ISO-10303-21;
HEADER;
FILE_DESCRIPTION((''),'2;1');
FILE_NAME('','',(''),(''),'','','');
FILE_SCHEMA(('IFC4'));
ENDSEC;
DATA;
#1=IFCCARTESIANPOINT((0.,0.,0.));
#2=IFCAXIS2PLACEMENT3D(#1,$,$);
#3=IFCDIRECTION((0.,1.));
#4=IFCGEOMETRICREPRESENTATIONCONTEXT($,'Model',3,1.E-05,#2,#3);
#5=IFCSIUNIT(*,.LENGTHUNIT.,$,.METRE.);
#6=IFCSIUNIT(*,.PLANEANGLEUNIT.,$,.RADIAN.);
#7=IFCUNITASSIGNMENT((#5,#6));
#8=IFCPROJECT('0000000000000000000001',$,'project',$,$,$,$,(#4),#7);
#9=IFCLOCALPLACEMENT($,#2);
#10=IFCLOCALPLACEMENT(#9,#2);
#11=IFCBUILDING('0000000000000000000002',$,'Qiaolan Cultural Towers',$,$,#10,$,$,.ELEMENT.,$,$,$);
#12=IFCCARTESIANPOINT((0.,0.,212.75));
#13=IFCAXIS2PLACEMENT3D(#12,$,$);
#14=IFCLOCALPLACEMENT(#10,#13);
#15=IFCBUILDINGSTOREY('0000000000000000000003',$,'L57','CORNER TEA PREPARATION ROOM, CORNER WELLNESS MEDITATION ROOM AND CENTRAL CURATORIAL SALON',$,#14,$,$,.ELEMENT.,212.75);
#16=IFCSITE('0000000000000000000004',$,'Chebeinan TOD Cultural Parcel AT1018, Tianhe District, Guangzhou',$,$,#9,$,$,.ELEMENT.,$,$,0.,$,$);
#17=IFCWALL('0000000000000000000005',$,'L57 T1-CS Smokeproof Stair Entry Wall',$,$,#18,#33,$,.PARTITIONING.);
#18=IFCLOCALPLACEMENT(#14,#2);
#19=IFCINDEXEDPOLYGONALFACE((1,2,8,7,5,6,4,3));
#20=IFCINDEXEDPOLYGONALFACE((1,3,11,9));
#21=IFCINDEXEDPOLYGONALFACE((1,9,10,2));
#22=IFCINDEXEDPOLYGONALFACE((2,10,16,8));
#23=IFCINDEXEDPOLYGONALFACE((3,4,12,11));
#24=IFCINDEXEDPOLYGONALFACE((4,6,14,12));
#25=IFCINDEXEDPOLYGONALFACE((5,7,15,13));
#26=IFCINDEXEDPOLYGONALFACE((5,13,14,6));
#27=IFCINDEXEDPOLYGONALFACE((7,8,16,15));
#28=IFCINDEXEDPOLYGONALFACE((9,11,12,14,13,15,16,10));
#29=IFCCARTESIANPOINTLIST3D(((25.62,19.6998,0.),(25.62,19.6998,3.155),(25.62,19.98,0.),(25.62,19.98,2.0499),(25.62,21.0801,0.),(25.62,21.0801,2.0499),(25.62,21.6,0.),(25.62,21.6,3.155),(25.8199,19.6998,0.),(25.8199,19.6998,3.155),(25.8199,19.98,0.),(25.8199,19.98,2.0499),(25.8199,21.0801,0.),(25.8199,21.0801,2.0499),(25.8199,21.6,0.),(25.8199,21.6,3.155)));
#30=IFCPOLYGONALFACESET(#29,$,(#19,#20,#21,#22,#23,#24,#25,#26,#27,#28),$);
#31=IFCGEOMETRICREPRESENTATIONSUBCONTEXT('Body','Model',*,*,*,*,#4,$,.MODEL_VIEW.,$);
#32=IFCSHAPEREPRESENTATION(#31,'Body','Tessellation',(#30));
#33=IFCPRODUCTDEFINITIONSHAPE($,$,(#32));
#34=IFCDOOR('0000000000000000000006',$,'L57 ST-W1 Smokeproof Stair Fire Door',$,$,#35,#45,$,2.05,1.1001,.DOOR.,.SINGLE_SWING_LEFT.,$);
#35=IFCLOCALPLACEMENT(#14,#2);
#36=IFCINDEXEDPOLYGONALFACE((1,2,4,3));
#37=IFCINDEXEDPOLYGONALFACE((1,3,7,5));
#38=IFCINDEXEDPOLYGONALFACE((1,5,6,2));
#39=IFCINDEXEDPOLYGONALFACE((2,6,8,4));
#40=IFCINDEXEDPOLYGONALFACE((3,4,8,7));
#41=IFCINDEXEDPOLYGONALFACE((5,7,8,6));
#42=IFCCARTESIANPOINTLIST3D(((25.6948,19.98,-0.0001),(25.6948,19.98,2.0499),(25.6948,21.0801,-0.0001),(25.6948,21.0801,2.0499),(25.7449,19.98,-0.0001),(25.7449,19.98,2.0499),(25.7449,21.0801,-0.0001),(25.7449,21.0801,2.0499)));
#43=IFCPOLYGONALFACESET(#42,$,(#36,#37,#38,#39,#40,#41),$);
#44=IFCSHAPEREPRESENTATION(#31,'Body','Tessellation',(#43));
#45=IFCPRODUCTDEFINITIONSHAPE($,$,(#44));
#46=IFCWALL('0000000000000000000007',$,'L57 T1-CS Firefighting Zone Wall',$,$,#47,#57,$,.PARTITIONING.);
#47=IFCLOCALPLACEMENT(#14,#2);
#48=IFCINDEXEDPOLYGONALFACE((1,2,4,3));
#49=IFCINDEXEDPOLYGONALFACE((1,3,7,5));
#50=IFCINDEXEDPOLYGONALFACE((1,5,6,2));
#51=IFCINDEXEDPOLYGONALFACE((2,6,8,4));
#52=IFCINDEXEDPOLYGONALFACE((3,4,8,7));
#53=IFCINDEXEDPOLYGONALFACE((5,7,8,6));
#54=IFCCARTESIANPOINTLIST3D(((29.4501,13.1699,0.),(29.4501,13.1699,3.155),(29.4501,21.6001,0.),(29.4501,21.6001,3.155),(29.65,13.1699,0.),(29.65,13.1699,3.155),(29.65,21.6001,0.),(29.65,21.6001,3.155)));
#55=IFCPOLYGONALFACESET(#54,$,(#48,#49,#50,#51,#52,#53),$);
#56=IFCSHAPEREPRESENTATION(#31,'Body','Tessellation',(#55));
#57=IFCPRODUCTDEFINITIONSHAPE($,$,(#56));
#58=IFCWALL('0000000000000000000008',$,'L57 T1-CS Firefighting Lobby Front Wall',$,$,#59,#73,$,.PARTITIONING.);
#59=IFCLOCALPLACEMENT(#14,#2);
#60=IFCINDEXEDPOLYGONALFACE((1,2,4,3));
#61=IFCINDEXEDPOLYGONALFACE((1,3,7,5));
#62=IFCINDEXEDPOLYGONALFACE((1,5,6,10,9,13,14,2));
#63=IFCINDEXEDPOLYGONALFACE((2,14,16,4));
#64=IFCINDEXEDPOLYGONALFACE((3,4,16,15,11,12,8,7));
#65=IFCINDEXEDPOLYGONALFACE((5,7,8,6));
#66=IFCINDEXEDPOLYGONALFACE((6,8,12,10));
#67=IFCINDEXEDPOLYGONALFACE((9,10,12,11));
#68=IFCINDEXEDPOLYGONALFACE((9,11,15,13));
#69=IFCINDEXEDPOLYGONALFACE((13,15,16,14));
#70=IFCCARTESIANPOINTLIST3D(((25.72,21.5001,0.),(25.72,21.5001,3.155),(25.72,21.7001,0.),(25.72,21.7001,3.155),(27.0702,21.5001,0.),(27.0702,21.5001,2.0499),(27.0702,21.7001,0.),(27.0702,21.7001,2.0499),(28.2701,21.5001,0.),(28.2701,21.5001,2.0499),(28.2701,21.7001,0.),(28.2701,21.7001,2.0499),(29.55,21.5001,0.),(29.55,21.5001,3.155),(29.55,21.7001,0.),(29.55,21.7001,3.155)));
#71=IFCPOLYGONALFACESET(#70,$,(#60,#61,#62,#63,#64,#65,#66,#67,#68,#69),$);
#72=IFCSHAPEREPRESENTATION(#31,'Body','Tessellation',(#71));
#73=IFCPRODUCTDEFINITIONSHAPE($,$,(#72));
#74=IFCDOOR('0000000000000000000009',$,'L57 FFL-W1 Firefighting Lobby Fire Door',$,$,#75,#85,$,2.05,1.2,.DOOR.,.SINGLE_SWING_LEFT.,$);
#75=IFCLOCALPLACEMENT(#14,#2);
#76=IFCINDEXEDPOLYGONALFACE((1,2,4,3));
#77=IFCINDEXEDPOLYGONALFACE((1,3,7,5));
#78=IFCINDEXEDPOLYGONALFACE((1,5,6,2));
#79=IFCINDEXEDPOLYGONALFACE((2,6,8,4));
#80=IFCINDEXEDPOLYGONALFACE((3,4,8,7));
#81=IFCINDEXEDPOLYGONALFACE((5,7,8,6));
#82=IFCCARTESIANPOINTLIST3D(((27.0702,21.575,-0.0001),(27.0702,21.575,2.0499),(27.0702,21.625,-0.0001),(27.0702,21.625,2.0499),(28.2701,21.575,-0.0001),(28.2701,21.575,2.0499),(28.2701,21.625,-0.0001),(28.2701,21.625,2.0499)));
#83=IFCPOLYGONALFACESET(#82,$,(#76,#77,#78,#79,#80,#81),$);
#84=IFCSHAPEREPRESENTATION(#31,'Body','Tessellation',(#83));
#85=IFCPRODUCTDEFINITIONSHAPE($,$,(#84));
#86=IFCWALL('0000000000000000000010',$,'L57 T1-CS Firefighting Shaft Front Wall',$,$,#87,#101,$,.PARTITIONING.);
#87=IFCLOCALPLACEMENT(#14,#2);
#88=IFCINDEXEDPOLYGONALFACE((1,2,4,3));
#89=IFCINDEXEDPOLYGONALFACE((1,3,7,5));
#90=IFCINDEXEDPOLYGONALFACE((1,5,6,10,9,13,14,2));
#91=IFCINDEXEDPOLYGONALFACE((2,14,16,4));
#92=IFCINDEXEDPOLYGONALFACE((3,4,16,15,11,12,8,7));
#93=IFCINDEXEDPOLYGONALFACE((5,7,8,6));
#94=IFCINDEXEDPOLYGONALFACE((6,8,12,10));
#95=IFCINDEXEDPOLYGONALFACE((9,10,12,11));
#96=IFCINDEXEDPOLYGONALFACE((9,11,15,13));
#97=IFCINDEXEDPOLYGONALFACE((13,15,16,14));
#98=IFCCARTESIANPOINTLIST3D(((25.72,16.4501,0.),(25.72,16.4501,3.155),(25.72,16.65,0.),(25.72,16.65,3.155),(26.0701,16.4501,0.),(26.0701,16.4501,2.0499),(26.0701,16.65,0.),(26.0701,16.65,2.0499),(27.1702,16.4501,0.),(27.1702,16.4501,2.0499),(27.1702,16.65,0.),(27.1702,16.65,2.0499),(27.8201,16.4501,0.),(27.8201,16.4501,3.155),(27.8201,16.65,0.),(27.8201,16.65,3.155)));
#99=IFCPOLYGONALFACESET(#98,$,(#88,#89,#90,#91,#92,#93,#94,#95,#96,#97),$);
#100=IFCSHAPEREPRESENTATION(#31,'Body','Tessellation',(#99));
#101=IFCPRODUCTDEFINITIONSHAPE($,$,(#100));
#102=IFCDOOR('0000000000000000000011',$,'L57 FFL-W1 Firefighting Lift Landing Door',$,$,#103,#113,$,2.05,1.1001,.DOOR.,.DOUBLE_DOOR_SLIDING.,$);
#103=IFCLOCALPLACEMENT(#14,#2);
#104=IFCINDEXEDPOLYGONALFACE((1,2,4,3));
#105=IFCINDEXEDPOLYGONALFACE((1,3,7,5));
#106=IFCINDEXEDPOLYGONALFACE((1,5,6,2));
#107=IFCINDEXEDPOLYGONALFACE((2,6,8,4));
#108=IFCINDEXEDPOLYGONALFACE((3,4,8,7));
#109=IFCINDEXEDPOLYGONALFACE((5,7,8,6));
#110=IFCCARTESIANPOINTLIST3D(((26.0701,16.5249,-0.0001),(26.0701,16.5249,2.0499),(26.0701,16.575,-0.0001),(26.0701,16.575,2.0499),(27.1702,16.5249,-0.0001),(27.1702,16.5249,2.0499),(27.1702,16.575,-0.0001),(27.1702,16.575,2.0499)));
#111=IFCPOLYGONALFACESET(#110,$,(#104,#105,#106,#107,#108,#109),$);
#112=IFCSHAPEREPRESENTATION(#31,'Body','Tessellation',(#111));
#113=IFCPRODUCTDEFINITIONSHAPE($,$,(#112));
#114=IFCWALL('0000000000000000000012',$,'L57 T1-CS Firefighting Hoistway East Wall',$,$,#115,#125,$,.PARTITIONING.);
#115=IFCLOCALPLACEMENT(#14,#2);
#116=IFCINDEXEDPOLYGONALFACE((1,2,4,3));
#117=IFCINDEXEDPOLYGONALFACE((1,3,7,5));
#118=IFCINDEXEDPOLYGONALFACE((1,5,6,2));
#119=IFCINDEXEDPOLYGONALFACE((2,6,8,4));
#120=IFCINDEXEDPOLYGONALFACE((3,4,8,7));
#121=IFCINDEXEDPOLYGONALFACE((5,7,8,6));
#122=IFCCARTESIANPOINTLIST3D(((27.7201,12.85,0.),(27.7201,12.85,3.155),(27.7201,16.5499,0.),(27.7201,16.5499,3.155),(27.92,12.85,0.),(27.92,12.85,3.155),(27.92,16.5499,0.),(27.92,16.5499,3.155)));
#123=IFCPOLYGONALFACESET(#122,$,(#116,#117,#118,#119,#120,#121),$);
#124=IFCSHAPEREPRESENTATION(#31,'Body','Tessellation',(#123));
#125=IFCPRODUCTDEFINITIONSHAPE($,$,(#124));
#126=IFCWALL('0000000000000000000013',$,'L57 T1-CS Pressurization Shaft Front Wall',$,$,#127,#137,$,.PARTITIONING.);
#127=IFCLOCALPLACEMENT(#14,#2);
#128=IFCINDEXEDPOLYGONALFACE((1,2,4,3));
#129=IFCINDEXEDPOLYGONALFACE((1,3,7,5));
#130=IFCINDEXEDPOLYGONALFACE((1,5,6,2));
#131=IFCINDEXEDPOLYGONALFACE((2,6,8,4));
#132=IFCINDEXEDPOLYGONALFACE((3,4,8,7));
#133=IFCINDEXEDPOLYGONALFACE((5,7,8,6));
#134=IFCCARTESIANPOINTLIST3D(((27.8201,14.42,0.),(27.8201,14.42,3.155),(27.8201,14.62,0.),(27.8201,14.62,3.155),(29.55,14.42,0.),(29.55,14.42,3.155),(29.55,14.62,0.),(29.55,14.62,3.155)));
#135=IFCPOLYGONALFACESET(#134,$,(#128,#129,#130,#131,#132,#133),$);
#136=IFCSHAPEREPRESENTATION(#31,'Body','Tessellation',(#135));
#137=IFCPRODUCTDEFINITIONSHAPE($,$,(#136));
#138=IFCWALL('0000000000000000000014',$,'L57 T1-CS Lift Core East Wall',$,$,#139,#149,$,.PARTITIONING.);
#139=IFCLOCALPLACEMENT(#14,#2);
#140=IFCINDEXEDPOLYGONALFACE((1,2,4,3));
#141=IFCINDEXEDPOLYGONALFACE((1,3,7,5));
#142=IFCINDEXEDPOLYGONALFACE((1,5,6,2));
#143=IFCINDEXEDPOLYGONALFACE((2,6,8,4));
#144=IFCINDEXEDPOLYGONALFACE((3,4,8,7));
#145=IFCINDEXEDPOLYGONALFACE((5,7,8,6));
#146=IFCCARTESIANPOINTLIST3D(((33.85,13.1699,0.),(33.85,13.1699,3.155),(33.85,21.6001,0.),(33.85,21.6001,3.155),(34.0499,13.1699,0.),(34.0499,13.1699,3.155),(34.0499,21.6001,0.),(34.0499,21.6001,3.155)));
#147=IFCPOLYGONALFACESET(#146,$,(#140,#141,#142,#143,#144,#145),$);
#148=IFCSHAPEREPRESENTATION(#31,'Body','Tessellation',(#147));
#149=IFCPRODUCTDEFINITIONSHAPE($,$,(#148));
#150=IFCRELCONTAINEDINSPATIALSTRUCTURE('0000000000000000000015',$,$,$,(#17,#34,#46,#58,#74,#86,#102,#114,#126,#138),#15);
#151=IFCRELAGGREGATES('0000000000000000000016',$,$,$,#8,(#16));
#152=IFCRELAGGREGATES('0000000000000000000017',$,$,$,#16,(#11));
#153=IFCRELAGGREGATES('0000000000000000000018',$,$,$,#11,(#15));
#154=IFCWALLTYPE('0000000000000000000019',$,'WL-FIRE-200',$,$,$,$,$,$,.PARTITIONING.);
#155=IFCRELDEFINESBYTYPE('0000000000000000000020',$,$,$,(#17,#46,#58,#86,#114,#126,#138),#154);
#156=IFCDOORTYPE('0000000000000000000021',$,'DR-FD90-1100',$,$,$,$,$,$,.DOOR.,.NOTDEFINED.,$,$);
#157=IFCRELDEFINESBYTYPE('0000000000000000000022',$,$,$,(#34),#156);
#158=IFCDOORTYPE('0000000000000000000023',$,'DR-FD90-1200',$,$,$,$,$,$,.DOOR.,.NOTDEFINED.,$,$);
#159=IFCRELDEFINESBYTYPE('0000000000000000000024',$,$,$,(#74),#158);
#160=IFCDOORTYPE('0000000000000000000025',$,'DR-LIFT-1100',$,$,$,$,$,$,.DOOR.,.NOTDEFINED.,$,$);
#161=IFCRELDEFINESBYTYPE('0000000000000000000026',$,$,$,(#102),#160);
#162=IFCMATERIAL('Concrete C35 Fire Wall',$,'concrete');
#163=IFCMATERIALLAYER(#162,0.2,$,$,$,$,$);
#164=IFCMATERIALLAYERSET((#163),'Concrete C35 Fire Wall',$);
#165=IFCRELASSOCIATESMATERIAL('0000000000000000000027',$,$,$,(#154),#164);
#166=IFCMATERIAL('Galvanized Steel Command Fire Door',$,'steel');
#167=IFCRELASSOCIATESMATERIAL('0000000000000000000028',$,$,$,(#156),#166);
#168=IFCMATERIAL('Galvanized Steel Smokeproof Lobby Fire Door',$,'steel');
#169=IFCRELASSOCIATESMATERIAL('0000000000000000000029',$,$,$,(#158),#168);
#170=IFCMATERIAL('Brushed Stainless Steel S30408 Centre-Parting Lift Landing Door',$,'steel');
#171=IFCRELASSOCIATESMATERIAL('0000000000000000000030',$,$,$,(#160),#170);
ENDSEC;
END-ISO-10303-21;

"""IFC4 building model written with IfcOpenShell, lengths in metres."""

from ifc_helpers import new_model, si_unit, direction, frame, frame_2d, origin, place, context, subcontext, project, spatial, rectangle, extrude, material, layer, layer_set, type_object, element, fill, save


model = new_model("IFC4")

# Units and contexts
model_context = context("Model", 3, precision=1e-05, world=origin(), true_north=direction((0.0, 1.0)))
body_context = subcontext(model_context, "Body", "Model", "MODEL_VIEW")
ifc_project = project(units=[si_unit("LENGTHUNIT", "METRE"), si_unit("PLANEANGLEUNIT", "RADIAN")], contexts=[model_context])

# Site, building, storey
site_placement = place(None, origin())
site = spatial("IfcSite", under=ifc_project, at=site_placement, Name="Chebeinan TOD Cultural Parcel AT1018, Tianhe District, Guangzhou", CompositionType="ELEMENT", RefElevation=0.0)
building_placement = place(site_placement, origin())
building = spatial("IfcBuilding", under=site, at=building_placement, Name="Qiaolan Cultural Towers", CompositionType="ELEMENT")
storey_placement = place(building_placement, frame((0.0, 0.0, 212.75)))
storey = spatial("IfcBuildingStorey", under=building, at=storey_placement, Name="L57", Description="CORNER TEA PREPARATION ROOM, CORNER WELLNESS MEDITATION ROOM AND CENTRAL CURATORIAL SALON", CompositionType="ELEMENT", Elevation=212.75)

# Wall, opening, door
ifc_material_1 = material(Name="Concrete C35 Fire Wall", Category="concrete")
ifc_layer_1 = layer(ifc_material_1, 0.2)
ifc_layer_set_1 = layer_set([ifc_layer_1], Name="Concrete C35 Fire Wall")
wall_type_1 = type_object("IfcWallType", Name="WL-FIRE-200", PredefinedType="PARTITIONING", material=ifc_layer_set_1)
wall_1_placement = place(storey_placement, frame((25.72, 21.6001, 0.0), z_axis=(0.0, 0.0, 1.0), x_axis=(0.0, -1.0, 0.0)))
wall_1 = element("IfcWall", 1, at=wall_1_placement, inside=storey, type_object=wall_type_1, Name="L57 T1-CS Smokeproof Stair Entry Wall", PredefinedType="PARTITIONING", context=body_context, shape_type="SweptSolid", body=[
    extrude(rectangle(XDim=1.9001, YDim=0.2, at=frame_2d((0.9502, 0.0))), origin(), (0.0, 0.0, 1.0), 3.155),
])
opening_1_placement = place(wall_1_placement, frame((0.52, 0.0, 0.0)))
opening_1 = element("IfcOpeningElement", 2, at=opening_1_placement, cuts=wall_1, PredefinedType="OPENING", context=body_context, shape_type="SweptSolid", body=[
    extrude(rectangle(XDim=1.1001, YDim=2.05, at=frame_2d((0.55, 1.0249))), frame((0.0, 0.1099, 0.0), z_axis=(0.0, -1.0, 0.0), x_axis=(1.0, 0.0, 0.0)), (0.0, 0.0, 1.0), 0.22),
])
ifc_material_2 = material(Name="Galvanized Steel Command Fire Door", Category="steel")
door_type_1 = type_object("IfcDoorType", Name="DR-FD90-1100", OperationType="NOTDEFINED", PredefinedType="DOOR", material=ifc_material_2)
door_1_placement = place(opening_1_placement, origin())
door_1 = element("IfcDoor", 3, at=door_1_placement, inside=storey, type_object=door_type_1, Name="L57 ST-W1 Smokeproof Stair Fire Door", OperationType="SINGLE_SWING_LEFT", OverallHeight=2.05, OverallWidth=1.1001, PredefinedType="DOOR", context=body_context, shape_type="SweptSolid", body=[
    extrude(rectangle(XDim=1.1001, YDim=2.05, at=frame_2d((0.55, 1.0249))), frame((0.0, 0.0249, 0.0), z_axis=(0.0, -1.0, 0.0), x_axis=(1.0, 0.0, 0.0)), (0.0, 0.0, 1.0), 0.05),
])
fill(opening_1, door_1)

# Wall
wall_2_placement = place(storey_placement, frame((29.55, 21.6001, 0.0), z_axis=(0.0, 0.0, 1.0), x_axis=(0.0, -1.0, 0.0)))
element("IfcWall", 4, at=wall_2_placement, inside=storey, type_object=wall_type_1, Name="L57 T1-CS Firefighting Zone Wall", PredefinedType="PARTITIONING", context=body_context, shape_type="SweptSolid", body=[
    extrude(rectangle(XDim=8.4302, YDim=0.2, at=frame_2d((4.2151, 0.0))), origin(), (0.0, 0.0, 1.0), 3.155),
])

# Walls, openings, doors
wall_3_placement = place(storey_placement, frame((25.72, 21.6001, 0.0), z_axis=(0.0, 0.0, 1.0), x_axis=(1.0, 0.0, 0.0)))
wall_3 = element("IfcWall", 5, at=wall_3_placement, inside=storey, type_object=wall_type_1, Name="L57 T1-CS Firefighting Lobby Front Wall", PredefinedType="PARTITIONING", context=body_context, shape_type="SweptSolid", body=[
    extrude(rectangle(XDim=3.8301, YDim=0.2, at=frame_2d((1.915, 0.0))), origin(), (0.0, 0.0, 1.0), 3.155),
])
opening_2_placement = place(wall_3_placement, frame((1.3501, 0.0, 0.0)))
opening_2 = element("IfcOpeningElement", 6, at=opening_2_placement, cuts=wall_3, PredefinedType="OPENING", context=body_context, shape_type="SweptSolid", body=[
    extrude(rectangle(XDim=1.2, YDim=2.05, at=frame_2d((0.6001, 1.0249))), frame((0.0, 0.1099, 0.0), z_axis=(0.0, -1.0, 0.0), x_axis=(1.0, 0.0, 0.0)), (0.0, 0.0, 1.0), 0.22),
])
ifc_material_3 = material(Name="Galvanized Steel Smokeproof Lobby Fire Door", Category="steel")
door_type_2 = type_object("IfcDoorType", Name="DR-FD90-1200", OperationType="NOTDEFINED", PredefinedType="DOOR", material=ifc_material_3)
door_2_placement = place(opening_2_placement, origin())
door_2 = element("IfcDoor", 7, at=door_2_placement, inside=storey, type_object=door_type_2, Name="L57 FFL-W1 Firefighting Lobby Fire Door", OperationType="SINGLE_SWING_LEFT", OverallHeight=2.05, OverallWidth=1.2, PredefinedType="DOOR", context=body_context, shape_type="SweptSolid", body=[
    extrude(rectangle(XDim=1.2, YDim=2.05, at=frame_2d((0.6001, 1.0249))), frame((0.0, 0.0249, 0.0), z_axis=(0.0, -1.0, 0.0), x_axis=(1.0, 0.0, 0.0)), (0.0, 0.0, 1.0), 0.05),
])
fill(opening_2, door_2)
wall_4_placement = place(storey_placement, frame((25.72, 16.55, 0.0), z_axis=(0.0, 0.0, 1.0), x_axis=(1.0, 0.0, 0.0)))
wall_4 = element("IfcWall", 8, at=wall_4_placement, inside=storey, type_object=wall_type_1, Name="L57 T1-CS Firefighting Shaft Front Wall", PredefinedType="PARTITIONING", context=body_context, shape_type="SweptSolid", body=[
    extrude(rectangle(XDim=2.1001, YDim=0.2, at=frame_2d((1.05, 0.0))), origin(), (0.0, 0.0, 1.0), 3.155),
])
opening_3_placement = place(wall_4_placement, frame((0.3501, 0.0, 0.0)))
opening_3 = element("IfcOpeningElement", 9, at=opening_3_placement, cuts=wall_4, PredefinedType="OPENING", context=body_context, shape_type="SweptSolid", body=[
    extrude(rectangle(XDim=1.1001, YDim=2.05, at=frame_2d((0.55, 1.0249))), frame((0.0, 0.1099, 0.0), z_axis=(0.0, -1.0, 0.0), x_axis=(1.0, 0.0, 0.0)), (0.0, 0.0, 1.0), 0.22),
])
ifc_material_4 = material(Name="Brushed Stainless Steel S30408 Centre-Parting Lift Landing Door", Category="steel")
door_type_3 = type_object("IfcDoorType", Name="DR-LIFT-1100", OperationType="NOTDEFINED", PredefinedType="DOOR", material=ifc_material_4)
door_3_placement = place(opening_3_placement, origin())
door_3 = element("IfcDoor", 10, at=door_3_placement, inside=storey, type_object=door_type_3, Name="L57 FFL-W1 Firefighting Lift Landing Door", OperationType="DOUBLE_DOOR_SLIDING", OverallHeight=2.05, OverallWidth=1.1001, PredefinedType="DOOR", context=body_context, shape_type="SweptSolid", body=[
    extrude(rectangle(XDim=1.1001, YDim=2.05, at=frame_2d((0.55, 1.0249))), frame((0.0, 0.0249, 0.0), z_axis=(0.0, -1.0, 0.0), x_axis=(1.0, 0.0, 0.0)), (0.0, 0.0, 1.0), 0.05),
])
fill(opening_3, door_3)

# Walls
wall_5_placement = place(storey_placement, frame((27.8201, 16.55, 0.0), z_axis=(0.0, 0.0, 1.0), x_axis=(0.0, -1.0, 0.0)))
element("IfcWall", 11, at=wall_5_placement, inside=storey, type_object=wall_type_1, Name="L57 T1-CS Firefighting Hoistway East Wall", PredefinedType="PARTITIONING", context=body_context, shape_type="SweptSolid", body=[
    extrude(rectangle(XDim=3.7, YDim=0.2, at=frame_2d((1.8501, 0.0))), origin(), (0.0, 0.0, 1.0), 3.155),
])
wall_6_placement = place(storey_placement, frame((27.8201, 14.52, 0.0), z_axis=(0.0, 0.0, 1.0), x_axis=(1.0, 0.0, 0.0)))
element("IfcWall", 12, at=wall_6_placement, inside=storey, type_object=wall_type_1, Name="L57 T1-CS Pressurization Shaft Front Wall", PredefinedType="PARTITIONING", context=body_context, shape_type="SweptSolid", body=[
    extrude(rectangle(XDim=1.73, YDim=0.2, at=frame_2d((0.865, 0.0))), origin(), (0.0, 0.0, 1.0), 3.155),
])
wall_7_placement = place(storey_placement, frame((33.95, 21.6001, 0.0), z_axis=(0.0, 0.0, 1.0), x_axis=(0.0, -1.0, 0.0)))
element("IfcWall", 13, at=wall_7_placement, inside=storey, type_object=wall_type_1, Name="L57 T1-CS Lift Core East Wall", PredefinedType="PARTITIONING", context=body_context, shape_type="SweptSolid", body=[
    extrude(rectangle(XDim=8.4302, YDim=0.2, at=frame_2d((4.2151, 0.0))), origin(), (0.0, 0.0, 1.0), 3.155),
])

save(model, "model.ifc")
